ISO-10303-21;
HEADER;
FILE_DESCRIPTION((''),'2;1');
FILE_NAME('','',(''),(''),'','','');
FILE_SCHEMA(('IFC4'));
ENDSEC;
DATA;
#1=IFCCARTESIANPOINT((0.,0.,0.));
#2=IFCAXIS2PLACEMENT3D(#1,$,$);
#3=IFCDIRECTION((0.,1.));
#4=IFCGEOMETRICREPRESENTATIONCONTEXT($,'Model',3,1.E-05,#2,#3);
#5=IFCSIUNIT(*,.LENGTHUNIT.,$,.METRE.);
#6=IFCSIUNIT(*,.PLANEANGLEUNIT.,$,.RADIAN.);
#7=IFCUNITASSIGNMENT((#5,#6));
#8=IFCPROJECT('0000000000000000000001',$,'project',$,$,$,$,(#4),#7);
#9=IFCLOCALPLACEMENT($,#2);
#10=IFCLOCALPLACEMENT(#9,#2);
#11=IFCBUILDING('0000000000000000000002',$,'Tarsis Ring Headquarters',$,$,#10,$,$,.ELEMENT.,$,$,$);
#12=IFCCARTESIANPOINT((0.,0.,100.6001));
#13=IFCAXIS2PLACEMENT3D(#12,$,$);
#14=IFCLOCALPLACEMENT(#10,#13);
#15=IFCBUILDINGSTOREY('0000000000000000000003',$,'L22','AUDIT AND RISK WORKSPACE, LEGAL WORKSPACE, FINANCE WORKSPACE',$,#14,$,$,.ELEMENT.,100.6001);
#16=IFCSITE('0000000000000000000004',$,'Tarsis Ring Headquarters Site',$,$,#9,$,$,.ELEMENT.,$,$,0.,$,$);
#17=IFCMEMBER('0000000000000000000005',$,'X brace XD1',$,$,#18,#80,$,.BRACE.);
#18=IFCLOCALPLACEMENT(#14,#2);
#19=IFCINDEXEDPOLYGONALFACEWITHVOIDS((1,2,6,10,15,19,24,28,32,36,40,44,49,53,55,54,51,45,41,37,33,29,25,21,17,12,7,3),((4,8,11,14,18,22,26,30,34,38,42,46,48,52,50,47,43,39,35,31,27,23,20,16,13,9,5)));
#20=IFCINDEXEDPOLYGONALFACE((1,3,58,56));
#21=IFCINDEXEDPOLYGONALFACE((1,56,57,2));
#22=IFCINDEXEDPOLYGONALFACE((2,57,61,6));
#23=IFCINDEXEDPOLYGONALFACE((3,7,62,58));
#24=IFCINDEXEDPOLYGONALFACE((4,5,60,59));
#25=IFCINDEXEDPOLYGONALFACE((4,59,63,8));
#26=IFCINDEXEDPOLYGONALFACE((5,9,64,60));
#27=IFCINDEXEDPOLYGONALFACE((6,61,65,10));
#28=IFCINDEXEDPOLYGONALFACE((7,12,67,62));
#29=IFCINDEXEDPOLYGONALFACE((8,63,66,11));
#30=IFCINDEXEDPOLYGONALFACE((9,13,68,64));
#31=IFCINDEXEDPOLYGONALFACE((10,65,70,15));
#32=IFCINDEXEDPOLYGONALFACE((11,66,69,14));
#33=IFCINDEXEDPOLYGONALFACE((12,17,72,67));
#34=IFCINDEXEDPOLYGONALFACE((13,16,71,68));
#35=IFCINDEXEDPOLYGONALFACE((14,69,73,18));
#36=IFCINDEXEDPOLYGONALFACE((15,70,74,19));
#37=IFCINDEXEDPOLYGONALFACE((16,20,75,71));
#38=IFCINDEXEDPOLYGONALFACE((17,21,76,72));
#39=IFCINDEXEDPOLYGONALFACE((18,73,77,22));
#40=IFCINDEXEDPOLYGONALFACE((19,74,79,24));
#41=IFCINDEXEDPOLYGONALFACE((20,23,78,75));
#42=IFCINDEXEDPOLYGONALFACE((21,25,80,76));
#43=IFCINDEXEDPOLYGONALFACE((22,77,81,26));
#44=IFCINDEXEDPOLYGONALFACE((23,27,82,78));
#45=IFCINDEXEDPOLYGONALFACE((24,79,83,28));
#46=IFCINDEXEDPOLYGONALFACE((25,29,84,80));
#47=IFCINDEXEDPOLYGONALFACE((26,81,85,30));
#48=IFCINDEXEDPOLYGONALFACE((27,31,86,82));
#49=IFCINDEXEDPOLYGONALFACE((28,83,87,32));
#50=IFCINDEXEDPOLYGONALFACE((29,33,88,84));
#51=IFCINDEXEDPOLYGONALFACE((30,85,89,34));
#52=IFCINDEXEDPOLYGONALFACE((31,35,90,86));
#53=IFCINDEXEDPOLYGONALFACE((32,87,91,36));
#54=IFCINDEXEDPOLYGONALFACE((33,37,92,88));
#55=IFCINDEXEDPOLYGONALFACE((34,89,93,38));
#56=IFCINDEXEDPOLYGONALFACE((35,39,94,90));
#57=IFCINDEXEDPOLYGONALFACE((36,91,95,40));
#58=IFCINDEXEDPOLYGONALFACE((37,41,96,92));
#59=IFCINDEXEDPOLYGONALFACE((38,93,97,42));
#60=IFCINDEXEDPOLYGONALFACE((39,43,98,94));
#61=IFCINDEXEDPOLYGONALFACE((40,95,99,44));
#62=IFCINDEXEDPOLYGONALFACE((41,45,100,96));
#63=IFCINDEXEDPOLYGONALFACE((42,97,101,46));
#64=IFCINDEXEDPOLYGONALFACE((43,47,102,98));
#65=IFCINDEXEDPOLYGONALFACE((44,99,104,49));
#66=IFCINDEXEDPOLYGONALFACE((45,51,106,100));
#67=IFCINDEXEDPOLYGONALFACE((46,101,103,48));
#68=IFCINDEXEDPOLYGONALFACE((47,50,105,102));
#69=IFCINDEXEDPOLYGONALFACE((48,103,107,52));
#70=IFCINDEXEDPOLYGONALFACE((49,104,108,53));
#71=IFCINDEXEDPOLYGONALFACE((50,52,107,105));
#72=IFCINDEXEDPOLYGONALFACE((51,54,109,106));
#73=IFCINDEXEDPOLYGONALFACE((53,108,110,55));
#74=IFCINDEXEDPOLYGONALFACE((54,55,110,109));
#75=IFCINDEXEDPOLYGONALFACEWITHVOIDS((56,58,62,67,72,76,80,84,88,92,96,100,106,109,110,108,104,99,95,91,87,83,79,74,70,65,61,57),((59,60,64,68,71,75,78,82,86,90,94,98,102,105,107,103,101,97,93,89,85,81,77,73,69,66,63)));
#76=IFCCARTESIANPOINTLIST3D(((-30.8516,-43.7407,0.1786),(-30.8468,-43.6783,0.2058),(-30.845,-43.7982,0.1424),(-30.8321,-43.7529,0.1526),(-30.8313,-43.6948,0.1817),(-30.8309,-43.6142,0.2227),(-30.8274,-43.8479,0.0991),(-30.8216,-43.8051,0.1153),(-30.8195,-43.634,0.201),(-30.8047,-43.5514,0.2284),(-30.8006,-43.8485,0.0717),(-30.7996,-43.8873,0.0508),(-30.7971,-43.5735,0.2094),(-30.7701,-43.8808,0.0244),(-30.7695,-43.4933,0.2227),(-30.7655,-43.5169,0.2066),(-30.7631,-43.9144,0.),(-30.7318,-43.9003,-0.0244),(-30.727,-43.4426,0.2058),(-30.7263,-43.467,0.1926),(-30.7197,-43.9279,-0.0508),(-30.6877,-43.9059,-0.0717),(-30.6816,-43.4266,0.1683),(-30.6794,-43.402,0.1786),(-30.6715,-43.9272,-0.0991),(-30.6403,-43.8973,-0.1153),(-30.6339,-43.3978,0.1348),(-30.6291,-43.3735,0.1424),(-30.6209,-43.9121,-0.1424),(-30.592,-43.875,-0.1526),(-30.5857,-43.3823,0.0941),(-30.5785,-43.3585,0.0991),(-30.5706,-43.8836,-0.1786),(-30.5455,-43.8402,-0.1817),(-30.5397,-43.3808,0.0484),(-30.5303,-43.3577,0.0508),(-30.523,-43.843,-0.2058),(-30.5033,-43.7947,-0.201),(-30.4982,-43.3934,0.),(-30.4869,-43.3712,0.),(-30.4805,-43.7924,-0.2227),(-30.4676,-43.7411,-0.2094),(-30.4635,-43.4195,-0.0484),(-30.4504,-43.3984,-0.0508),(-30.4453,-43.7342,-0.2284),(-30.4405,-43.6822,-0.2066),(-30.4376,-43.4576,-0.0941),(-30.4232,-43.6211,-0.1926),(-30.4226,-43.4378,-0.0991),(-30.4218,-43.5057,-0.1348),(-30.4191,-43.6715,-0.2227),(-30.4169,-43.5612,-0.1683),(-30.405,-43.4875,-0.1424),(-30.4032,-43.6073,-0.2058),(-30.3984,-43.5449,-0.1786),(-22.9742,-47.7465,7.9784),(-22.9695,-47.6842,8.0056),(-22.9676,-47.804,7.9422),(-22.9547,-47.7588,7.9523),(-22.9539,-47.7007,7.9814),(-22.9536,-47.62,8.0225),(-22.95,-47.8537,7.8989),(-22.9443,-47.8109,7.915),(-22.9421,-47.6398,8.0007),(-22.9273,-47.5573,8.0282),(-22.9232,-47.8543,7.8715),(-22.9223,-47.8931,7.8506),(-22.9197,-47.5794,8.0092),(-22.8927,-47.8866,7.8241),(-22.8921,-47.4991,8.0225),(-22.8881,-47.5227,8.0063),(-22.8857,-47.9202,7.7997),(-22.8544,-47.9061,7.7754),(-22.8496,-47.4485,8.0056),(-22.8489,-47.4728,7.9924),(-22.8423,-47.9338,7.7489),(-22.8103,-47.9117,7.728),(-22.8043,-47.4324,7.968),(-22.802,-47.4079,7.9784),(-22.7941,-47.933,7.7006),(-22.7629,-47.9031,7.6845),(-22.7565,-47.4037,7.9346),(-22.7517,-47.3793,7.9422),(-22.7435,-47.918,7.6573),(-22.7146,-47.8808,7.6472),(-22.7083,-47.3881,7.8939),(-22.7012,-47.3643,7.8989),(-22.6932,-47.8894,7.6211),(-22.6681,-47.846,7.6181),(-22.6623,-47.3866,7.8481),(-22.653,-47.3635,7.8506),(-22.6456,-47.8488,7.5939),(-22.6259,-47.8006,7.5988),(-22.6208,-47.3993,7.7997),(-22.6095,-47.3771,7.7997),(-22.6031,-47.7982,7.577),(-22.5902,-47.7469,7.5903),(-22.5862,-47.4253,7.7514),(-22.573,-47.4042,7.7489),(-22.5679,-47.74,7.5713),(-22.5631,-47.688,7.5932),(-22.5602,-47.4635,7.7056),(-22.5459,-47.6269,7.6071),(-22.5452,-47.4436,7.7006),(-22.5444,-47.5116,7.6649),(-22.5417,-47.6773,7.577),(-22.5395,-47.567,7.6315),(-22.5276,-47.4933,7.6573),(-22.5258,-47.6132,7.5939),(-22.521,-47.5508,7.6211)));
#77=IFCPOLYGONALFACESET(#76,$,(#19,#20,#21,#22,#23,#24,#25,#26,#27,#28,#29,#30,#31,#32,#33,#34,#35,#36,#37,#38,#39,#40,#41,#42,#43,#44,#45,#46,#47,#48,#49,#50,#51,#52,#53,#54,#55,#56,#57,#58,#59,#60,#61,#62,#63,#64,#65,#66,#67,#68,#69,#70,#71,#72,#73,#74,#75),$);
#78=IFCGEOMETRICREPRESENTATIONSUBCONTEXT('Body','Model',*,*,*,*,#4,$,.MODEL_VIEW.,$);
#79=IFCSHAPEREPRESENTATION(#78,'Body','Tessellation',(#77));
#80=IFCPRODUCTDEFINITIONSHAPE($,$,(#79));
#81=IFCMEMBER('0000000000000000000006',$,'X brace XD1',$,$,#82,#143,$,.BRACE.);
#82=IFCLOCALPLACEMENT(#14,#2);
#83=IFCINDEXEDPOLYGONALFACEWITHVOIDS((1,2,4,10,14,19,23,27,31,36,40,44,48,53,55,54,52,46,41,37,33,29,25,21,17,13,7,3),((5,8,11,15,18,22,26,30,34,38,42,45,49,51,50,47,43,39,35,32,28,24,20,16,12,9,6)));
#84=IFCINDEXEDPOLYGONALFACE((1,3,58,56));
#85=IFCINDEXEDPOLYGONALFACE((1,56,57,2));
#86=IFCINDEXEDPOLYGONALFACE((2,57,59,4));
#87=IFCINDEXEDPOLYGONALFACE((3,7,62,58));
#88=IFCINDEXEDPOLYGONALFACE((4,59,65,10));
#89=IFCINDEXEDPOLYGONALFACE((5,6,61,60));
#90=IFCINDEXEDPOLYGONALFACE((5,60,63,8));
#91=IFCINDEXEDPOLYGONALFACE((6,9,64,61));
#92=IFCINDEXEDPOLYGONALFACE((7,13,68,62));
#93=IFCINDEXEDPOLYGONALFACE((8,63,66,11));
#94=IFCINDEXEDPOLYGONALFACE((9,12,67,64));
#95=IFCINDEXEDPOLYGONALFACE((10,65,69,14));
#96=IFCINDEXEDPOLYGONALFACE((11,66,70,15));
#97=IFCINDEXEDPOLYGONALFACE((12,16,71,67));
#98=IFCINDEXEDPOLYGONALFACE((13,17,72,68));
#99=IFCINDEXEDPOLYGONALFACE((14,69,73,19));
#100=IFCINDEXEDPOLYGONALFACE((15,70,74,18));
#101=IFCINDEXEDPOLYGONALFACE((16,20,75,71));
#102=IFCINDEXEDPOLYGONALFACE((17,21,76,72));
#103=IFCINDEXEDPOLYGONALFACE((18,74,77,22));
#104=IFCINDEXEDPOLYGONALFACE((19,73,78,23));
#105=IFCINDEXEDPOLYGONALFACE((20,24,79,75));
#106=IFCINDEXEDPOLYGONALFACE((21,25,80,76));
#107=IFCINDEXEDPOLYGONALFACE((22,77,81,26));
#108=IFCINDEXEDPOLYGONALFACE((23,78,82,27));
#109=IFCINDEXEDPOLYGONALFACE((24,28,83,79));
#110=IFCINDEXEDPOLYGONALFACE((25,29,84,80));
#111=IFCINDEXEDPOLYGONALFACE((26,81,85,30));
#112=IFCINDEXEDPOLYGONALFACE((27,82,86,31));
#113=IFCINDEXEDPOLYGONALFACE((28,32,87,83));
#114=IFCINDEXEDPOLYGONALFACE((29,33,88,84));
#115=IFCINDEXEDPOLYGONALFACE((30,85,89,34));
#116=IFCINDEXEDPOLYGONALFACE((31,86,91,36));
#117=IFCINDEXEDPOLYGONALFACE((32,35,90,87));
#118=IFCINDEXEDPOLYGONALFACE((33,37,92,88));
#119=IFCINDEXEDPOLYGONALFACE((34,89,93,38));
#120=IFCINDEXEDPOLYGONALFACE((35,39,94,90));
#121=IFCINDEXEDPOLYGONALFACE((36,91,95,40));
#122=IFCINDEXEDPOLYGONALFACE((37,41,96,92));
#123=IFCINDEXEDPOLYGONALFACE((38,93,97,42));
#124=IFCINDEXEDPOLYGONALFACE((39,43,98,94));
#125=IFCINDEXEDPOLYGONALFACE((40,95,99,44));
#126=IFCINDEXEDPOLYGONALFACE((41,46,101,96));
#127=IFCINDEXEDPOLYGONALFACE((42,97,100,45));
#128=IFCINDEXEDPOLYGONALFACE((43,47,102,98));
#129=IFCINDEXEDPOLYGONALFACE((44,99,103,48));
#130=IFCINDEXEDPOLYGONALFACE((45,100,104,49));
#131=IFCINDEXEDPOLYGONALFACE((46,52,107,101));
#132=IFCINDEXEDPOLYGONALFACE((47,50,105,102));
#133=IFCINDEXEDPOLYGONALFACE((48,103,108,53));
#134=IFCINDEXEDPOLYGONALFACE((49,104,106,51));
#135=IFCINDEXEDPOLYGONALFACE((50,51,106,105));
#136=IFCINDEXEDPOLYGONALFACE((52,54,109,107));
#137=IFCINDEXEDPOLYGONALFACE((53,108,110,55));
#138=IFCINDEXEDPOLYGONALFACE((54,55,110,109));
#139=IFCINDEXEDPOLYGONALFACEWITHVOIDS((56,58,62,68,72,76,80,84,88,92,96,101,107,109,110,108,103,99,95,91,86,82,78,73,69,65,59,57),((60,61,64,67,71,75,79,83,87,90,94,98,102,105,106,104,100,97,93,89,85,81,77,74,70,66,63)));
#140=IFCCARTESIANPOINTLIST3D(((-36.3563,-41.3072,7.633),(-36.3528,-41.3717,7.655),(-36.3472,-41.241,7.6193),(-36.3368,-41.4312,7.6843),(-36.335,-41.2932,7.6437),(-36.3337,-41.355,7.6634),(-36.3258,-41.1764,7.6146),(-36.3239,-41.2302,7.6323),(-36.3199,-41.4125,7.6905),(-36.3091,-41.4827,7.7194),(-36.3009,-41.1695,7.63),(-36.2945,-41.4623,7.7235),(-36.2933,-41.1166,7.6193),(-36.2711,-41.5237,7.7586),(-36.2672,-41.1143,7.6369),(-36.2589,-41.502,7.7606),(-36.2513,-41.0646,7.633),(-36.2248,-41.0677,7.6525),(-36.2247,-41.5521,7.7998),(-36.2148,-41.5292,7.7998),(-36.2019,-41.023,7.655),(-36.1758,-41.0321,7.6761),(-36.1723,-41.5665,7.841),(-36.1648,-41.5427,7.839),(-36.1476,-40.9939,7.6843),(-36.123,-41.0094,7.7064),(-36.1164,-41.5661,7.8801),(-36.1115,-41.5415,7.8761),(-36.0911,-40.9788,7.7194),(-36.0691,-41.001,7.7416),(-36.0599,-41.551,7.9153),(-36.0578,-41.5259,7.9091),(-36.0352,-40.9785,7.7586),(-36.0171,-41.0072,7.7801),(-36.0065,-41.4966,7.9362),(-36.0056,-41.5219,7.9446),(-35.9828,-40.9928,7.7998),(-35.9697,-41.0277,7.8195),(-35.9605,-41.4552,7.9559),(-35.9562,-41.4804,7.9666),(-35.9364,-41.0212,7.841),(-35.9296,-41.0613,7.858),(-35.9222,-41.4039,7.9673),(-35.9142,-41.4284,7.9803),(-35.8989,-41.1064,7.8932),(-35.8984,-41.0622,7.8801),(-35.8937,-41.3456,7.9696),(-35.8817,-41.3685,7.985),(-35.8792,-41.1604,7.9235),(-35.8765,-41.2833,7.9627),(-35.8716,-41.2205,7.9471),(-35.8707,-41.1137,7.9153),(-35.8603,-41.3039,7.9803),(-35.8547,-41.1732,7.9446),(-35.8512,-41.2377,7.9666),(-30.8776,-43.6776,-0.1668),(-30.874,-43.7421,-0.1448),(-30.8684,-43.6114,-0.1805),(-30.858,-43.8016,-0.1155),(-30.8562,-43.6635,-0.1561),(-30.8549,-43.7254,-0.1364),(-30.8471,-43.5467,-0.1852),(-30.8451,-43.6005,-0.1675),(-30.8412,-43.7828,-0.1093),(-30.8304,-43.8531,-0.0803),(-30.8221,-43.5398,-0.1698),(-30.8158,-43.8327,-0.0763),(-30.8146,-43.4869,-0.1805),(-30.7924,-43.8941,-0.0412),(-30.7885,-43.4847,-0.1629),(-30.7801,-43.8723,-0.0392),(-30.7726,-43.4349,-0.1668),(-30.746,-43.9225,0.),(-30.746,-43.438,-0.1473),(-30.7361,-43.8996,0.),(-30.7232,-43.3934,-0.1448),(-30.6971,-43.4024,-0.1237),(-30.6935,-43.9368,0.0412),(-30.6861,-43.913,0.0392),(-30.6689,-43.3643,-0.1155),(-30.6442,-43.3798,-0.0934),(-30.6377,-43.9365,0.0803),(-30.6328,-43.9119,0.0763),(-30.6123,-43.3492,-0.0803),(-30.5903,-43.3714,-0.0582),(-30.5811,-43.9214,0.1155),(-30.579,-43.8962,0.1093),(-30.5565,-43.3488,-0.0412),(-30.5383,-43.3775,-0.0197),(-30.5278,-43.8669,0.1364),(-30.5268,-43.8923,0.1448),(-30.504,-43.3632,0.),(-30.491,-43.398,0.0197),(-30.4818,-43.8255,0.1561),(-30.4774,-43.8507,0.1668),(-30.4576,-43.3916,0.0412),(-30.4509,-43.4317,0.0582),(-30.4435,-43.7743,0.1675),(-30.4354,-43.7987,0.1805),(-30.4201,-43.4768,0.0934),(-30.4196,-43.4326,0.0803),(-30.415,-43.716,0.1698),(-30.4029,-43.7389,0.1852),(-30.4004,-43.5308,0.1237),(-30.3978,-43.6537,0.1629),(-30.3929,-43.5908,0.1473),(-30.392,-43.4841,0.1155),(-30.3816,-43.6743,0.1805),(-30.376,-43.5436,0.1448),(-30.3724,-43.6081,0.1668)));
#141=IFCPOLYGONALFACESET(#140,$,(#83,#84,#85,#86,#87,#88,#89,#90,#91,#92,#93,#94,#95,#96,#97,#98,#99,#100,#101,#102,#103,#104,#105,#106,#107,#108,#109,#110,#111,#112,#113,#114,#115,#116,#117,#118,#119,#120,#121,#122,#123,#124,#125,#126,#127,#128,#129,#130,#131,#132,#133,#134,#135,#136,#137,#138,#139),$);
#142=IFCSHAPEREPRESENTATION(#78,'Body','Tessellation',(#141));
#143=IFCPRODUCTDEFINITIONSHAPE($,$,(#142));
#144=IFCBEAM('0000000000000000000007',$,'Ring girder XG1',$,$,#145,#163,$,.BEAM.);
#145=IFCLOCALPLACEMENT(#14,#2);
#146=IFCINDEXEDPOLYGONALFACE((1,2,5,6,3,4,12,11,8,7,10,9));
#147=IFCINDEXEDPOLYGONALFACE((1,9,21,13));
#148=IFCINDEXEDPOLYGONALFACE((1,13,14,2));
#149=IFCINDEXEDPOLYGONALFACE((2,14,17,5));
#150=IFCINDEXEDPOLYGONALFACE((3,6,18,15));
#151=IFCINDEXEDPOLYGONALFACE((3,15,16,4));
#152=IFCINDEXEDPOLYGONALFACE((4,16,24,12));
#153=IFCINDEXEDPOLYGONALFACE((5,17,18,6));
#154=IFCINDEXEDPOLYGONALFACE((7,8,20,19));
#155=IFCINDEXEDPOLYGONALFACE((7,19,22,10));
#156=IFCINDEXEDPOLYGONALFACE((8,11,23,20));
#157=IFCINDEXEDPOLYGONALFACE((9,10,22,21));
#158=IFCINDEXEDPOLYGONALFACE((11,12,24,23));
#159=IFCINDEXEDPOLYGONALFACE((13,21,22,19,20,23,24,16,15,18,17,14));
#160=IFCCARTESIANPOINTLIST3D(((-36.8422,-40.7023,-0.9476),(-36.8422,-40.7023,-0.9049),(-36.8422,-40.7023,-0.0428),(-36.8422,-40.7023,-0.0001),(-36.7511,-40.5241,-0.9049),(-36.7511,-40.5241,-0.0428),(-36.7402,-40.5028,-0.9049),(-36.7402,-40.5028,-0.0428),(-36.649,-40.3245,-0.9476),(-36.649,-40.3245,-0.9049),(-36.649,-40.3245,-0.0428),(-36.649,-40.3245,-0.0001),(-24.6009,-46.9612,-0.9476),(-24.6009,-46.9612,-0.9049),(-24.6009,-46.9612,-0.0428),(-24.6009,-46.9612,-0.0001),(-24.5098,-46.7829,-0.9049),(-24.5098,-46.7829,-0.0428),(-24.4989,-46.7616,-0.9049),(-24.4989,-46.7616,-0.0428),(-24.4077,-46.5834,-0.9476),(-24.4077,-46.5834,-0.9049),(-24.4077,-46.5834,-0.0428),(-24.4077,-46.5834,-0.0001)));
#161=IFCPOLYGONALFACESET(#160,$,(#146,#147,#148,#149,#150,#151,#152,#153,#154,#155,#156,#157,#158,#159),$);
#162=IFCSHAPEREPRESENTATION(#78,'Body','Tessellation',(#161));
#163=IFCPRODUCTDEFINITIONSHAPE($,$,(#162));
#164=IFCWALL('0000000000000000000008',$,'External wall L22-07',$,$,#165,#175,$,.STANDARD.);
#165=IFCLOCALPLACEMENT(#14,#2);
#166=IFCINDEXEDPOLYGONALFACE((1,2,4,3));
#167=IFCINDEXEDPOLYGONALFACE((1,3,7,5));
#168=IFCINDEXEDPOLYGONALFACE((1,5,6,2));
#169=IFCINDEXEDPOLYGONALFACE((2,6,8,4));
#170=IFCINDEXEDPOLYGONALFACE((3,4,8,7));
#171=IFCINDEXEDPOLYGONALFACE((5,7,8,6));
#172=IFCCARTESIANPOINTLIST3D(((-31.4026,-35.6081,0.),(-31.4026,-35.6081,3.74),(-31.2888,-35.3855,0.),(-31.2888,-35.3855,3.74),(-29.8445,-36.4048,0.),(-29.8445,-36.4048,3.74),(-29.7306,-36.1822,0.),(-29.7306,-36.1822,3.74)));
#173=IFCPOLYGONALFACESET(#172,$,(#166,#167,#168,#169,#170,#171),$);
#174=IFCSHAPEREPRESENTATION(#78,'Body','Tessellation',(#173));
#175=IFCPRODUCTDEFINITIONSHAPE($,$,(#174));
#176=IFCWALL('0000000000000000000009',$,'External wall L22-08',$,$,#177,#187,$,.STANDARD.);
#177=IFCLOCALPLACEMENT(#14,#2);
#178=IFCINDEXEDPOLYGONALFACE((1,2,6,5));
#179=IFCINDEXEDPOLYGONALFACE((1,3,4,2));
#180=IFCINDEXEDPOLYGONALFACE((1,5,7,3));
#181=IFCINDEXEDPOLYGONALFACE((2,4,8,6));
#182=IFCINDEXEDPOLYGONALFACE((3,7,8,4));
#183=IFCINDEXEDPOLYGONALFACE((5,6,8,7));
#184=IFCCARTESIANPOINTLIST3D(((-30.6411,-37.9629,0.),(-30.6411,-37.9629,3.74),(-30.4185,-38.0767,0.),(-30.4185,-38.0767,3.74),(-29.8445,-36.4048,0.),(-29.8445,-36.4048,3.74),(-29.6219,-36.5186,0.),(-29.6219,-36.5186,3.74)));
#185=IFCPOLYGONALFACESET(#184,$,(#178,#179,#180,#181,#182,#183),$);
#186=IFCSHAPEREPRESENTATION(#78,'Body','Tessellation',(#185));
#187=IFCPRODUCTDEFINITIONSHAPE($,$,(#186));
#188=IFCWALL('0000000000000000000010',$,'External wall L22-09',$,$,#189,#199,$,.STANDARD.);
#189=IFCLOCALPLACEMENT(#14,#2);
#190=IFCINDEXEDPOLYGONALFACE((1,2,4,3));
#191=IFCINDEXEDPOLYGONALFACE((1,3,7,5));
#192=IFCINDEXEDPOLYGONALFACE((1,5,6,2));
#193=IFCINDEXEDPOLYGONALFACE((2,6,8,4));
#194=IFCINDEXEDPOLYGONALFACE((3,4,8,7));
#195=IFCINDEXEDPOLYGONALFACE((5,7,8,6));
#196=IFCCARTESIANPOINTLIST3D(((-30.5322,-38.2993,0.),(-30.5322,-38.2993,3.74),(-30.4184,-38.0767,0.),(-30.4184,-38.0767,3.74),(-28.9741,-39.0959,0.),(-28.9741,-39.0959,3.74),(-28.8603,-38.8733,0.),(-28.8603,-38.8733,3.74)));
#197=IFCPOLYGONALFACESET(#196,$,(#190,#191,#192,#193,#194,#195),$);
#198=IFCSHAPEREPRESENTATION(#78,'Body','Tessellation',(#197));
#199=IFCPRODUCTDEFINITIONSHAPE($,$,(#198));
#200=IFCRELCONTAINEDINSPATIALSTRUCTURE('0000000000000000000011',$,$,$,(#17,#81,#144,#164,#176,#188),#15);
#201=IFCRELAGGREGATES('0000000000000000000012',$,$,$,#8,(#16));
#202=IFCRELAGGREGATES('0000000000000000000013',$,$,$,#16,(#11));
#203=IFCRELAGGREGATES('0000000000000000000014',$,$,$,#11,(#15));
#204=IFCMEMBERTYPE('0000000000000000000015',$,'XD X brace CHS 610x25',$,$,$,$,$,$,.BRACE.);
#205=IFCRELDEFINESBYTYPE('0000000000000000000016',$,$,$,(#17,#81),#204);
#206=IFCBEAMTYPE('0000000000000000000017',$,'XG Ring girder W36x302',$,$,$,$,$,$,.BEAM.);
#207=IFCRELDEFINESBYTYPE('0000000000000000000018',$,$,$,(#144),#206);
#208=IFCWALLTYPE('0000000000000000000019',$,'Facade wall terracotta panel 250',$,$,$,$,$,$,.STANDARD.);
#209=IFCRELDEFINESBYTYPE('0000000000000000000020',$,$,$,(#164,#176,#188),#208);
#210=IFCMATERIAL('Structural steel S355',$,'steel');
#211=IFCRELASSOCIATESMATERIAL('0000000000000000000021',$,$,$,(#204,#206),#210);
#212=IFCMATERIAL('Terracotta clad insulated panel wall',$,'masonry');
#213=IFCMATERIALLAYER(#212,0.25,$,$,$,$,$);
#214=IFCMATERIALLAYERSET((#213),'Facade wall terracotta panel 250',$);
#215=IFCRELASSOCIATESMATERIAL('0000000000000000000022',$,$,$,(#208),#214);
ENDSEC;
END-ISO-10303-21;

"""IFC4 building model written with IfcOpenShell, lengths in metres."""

from ifc_helpers import new_model, si_unit, direction, frame, frame_2d, origin, origin_2d, place, context, subcontext, project, spatial, rectangle, hollow_circle, i_section, extrude, material, layer, layer_set, material_profile, profile_set, type_object, element, save


model = new_model("IFC4")

# Units and contexts
model_context = context("Model", 3, precision=1e-05, world=origin(), true_north=direction((0.0, 1.0)))
body_context = subcontext(model_context, "Body", "Model", "MODEL_VIEW")
ifc_project = project(units=[si_unit("LENGTHUNIT", "METRE"), si_unit("PLANEANGLEUNIT", "RADIAN")], contexts=[model_context])

# Site, building, storey
site_placement = place(None, origin())
site = spatial("IfcSite", under=ifc_project, at=site_placement, Name="Tarsis Ring Headquarters Site", CompositionType="ELEMENT", RefElevation=0.0)
building_placement = place(site_placement, origin())
building = spatial("IfcBuilding", under=site, at=building_placement, Name="Tarsis Ring Headquarters", CompositionType="ELEMENT")
storey_placement = place(building_placement, frame((0.0, 0.0, 100.6001)))
storey = spatial("IfcBuildingStorey", under=building, at=storey_placement, Name="L22", Description="AUDIT AND RISK WORKSPACE, LEGAL WORKSPACE, FINANCE WORKSPACE", CompositionType="ELEMENT", Elevation=100.6001)

# Shared definitions
ifc_material_1 = material(Name="Structural steel S355", Category="steel")

# Members
ifc_material_profile_1 = material_profile(ifc_material_1, hollow_circle(Radius=0.3047, WallThickness=0.0249, at=origin_2d()), Name="CHS 610x25")
ifc_profile_set_1 = profile_set([ifc_material_profile_1], Name="Structural steel S355")
member_type = type_object("IfcMemberType", Name="XD X brace CHS 610x25", PredefinedType="BRACE", material=ifc_profile_set_1)
member_1_placement = place(storey_placement, frame((-30.625, -43.6428, 0.0), z_axis=(0.668305, -0.339848, 0.661719), x_axis=(0.453281, 0.891368, 0.0)))
element("IfcMember", 1, at=member_1_placement, inside=storey, type_object=member_type, Name="X brace XD1", PredefinedType="BRACE", context=body_context, shape_type="SweptSolid", body=[
    extrude(hollow_circle(Radius=0.3047, WallThickness=0.0249, at=origin_2d()), origin(), (0.0, 0.0, 1.0), 11.7871),
])
member_2_placement = place(storey_placement, frame((-30.625, -43.6428, 0.0), z_axis=(-0.557803, 0.241331, 0.794113), x_axis=(-0.397076, -0.917786, 0.0)))
element("IfcMember", 2, at=member_2_placement, inside=storey, type_object=member_type, Name="X brace XD1", PredefinedType="BRACE", context=body_context, shape_type="SweptSolid", body=[
    extrude(hollow_circle(Radius=0.3047, WallThickness=0.0249, at=origin_2d()), origin(), (0.0, 0.0, 1.0), 9.822),
])

# Beam
ifc_material_profile_2 = material_profile(ifc_material_1, i_section(OverallWidth=0.4243, OverallDepth=0.9475, WebThickness=0.0239, FlangeThickness=0.0427, at=origin_2d()), Name="W36x302")
ifc_profile_set_2 = profile_set([ifc_material_profile_2], Name="Structural steel S355")
beam_type_1 = type_object("IfcBeamType", Name="XG Ring girder W36x302", PredefinedType="BEAM", material=ifc_profile_set_2)
beam_placement = place(storey_placement, frame((-36.7456, -40.5134, -0.4739), z_axis=(0.890371, -0.455236, 0.0), x_axis=(0.455236, 0.890371, 0.0)))
element("IfcBeam", 3, at=beam_placement, inside=storey, type_object=beam_type_1, Name="Ring girder XG1", PredefinedType="BEAM", context=body_context, shape_type="SweptSolid", body=[
    extrude(i_section(OverallWidth=0.4243, OverallDepth=0.9475, WebThickness=0.0239, FlangeThickness=0.0427, at=origin_2d()), origin(), (0.0, 0.0, 1.0), 13.7485),
])

# Walls
ifc_material_2 = material(Name="Terracotta clad insulated panel wall", Category="masonry")
ifc_layer = layer(ifc_material_2, 0.25)
ifc_layer_set = layer_set([ifc_layer], Name="Facade wall terracotta panel 250")
wall_type = type_object("IfcWallType", Name="Facade wall terracotta panel 250", PredefinedType="STANDARD", material=ifc_layer_set)
for number, where, z_axis, x_axis, name in (
    (4, (-31.3457, -35.4968, 0.0), (0.0, 0.0, 1.0), (0.890373, -0.455232, 0.0), "External wall L22-07"),
    (5, (-29.7332, -36.4617, 0.0), (0.0, 0.0, 1.0), (-0.455232, -0.890373, 0.0), "External wall L22-08"),
    (6, (-30.4753, -38.188, 0.0), (0.0, 0.0, 1.0), (0.890373, -0.455232, 0.0), "External wall L22-09"),
):
    element("IfcWall", number, at=place(storey_placement, frame(where, z_axis=z_axis, x_axis=x_axis)), inside=storey, type_object=wall_type, Name=name, PredefinedType="STANDARD", context=body_context, shape_type="SweptSolid", body=[
        extrude(rectangle(XDim=1.75, YDim=0.25, at=frame_2d((0.875, 0.0))), origin(), (0.0, 0.0, 1.0), 3.74),
    ])

save(model, "model.ifc")
